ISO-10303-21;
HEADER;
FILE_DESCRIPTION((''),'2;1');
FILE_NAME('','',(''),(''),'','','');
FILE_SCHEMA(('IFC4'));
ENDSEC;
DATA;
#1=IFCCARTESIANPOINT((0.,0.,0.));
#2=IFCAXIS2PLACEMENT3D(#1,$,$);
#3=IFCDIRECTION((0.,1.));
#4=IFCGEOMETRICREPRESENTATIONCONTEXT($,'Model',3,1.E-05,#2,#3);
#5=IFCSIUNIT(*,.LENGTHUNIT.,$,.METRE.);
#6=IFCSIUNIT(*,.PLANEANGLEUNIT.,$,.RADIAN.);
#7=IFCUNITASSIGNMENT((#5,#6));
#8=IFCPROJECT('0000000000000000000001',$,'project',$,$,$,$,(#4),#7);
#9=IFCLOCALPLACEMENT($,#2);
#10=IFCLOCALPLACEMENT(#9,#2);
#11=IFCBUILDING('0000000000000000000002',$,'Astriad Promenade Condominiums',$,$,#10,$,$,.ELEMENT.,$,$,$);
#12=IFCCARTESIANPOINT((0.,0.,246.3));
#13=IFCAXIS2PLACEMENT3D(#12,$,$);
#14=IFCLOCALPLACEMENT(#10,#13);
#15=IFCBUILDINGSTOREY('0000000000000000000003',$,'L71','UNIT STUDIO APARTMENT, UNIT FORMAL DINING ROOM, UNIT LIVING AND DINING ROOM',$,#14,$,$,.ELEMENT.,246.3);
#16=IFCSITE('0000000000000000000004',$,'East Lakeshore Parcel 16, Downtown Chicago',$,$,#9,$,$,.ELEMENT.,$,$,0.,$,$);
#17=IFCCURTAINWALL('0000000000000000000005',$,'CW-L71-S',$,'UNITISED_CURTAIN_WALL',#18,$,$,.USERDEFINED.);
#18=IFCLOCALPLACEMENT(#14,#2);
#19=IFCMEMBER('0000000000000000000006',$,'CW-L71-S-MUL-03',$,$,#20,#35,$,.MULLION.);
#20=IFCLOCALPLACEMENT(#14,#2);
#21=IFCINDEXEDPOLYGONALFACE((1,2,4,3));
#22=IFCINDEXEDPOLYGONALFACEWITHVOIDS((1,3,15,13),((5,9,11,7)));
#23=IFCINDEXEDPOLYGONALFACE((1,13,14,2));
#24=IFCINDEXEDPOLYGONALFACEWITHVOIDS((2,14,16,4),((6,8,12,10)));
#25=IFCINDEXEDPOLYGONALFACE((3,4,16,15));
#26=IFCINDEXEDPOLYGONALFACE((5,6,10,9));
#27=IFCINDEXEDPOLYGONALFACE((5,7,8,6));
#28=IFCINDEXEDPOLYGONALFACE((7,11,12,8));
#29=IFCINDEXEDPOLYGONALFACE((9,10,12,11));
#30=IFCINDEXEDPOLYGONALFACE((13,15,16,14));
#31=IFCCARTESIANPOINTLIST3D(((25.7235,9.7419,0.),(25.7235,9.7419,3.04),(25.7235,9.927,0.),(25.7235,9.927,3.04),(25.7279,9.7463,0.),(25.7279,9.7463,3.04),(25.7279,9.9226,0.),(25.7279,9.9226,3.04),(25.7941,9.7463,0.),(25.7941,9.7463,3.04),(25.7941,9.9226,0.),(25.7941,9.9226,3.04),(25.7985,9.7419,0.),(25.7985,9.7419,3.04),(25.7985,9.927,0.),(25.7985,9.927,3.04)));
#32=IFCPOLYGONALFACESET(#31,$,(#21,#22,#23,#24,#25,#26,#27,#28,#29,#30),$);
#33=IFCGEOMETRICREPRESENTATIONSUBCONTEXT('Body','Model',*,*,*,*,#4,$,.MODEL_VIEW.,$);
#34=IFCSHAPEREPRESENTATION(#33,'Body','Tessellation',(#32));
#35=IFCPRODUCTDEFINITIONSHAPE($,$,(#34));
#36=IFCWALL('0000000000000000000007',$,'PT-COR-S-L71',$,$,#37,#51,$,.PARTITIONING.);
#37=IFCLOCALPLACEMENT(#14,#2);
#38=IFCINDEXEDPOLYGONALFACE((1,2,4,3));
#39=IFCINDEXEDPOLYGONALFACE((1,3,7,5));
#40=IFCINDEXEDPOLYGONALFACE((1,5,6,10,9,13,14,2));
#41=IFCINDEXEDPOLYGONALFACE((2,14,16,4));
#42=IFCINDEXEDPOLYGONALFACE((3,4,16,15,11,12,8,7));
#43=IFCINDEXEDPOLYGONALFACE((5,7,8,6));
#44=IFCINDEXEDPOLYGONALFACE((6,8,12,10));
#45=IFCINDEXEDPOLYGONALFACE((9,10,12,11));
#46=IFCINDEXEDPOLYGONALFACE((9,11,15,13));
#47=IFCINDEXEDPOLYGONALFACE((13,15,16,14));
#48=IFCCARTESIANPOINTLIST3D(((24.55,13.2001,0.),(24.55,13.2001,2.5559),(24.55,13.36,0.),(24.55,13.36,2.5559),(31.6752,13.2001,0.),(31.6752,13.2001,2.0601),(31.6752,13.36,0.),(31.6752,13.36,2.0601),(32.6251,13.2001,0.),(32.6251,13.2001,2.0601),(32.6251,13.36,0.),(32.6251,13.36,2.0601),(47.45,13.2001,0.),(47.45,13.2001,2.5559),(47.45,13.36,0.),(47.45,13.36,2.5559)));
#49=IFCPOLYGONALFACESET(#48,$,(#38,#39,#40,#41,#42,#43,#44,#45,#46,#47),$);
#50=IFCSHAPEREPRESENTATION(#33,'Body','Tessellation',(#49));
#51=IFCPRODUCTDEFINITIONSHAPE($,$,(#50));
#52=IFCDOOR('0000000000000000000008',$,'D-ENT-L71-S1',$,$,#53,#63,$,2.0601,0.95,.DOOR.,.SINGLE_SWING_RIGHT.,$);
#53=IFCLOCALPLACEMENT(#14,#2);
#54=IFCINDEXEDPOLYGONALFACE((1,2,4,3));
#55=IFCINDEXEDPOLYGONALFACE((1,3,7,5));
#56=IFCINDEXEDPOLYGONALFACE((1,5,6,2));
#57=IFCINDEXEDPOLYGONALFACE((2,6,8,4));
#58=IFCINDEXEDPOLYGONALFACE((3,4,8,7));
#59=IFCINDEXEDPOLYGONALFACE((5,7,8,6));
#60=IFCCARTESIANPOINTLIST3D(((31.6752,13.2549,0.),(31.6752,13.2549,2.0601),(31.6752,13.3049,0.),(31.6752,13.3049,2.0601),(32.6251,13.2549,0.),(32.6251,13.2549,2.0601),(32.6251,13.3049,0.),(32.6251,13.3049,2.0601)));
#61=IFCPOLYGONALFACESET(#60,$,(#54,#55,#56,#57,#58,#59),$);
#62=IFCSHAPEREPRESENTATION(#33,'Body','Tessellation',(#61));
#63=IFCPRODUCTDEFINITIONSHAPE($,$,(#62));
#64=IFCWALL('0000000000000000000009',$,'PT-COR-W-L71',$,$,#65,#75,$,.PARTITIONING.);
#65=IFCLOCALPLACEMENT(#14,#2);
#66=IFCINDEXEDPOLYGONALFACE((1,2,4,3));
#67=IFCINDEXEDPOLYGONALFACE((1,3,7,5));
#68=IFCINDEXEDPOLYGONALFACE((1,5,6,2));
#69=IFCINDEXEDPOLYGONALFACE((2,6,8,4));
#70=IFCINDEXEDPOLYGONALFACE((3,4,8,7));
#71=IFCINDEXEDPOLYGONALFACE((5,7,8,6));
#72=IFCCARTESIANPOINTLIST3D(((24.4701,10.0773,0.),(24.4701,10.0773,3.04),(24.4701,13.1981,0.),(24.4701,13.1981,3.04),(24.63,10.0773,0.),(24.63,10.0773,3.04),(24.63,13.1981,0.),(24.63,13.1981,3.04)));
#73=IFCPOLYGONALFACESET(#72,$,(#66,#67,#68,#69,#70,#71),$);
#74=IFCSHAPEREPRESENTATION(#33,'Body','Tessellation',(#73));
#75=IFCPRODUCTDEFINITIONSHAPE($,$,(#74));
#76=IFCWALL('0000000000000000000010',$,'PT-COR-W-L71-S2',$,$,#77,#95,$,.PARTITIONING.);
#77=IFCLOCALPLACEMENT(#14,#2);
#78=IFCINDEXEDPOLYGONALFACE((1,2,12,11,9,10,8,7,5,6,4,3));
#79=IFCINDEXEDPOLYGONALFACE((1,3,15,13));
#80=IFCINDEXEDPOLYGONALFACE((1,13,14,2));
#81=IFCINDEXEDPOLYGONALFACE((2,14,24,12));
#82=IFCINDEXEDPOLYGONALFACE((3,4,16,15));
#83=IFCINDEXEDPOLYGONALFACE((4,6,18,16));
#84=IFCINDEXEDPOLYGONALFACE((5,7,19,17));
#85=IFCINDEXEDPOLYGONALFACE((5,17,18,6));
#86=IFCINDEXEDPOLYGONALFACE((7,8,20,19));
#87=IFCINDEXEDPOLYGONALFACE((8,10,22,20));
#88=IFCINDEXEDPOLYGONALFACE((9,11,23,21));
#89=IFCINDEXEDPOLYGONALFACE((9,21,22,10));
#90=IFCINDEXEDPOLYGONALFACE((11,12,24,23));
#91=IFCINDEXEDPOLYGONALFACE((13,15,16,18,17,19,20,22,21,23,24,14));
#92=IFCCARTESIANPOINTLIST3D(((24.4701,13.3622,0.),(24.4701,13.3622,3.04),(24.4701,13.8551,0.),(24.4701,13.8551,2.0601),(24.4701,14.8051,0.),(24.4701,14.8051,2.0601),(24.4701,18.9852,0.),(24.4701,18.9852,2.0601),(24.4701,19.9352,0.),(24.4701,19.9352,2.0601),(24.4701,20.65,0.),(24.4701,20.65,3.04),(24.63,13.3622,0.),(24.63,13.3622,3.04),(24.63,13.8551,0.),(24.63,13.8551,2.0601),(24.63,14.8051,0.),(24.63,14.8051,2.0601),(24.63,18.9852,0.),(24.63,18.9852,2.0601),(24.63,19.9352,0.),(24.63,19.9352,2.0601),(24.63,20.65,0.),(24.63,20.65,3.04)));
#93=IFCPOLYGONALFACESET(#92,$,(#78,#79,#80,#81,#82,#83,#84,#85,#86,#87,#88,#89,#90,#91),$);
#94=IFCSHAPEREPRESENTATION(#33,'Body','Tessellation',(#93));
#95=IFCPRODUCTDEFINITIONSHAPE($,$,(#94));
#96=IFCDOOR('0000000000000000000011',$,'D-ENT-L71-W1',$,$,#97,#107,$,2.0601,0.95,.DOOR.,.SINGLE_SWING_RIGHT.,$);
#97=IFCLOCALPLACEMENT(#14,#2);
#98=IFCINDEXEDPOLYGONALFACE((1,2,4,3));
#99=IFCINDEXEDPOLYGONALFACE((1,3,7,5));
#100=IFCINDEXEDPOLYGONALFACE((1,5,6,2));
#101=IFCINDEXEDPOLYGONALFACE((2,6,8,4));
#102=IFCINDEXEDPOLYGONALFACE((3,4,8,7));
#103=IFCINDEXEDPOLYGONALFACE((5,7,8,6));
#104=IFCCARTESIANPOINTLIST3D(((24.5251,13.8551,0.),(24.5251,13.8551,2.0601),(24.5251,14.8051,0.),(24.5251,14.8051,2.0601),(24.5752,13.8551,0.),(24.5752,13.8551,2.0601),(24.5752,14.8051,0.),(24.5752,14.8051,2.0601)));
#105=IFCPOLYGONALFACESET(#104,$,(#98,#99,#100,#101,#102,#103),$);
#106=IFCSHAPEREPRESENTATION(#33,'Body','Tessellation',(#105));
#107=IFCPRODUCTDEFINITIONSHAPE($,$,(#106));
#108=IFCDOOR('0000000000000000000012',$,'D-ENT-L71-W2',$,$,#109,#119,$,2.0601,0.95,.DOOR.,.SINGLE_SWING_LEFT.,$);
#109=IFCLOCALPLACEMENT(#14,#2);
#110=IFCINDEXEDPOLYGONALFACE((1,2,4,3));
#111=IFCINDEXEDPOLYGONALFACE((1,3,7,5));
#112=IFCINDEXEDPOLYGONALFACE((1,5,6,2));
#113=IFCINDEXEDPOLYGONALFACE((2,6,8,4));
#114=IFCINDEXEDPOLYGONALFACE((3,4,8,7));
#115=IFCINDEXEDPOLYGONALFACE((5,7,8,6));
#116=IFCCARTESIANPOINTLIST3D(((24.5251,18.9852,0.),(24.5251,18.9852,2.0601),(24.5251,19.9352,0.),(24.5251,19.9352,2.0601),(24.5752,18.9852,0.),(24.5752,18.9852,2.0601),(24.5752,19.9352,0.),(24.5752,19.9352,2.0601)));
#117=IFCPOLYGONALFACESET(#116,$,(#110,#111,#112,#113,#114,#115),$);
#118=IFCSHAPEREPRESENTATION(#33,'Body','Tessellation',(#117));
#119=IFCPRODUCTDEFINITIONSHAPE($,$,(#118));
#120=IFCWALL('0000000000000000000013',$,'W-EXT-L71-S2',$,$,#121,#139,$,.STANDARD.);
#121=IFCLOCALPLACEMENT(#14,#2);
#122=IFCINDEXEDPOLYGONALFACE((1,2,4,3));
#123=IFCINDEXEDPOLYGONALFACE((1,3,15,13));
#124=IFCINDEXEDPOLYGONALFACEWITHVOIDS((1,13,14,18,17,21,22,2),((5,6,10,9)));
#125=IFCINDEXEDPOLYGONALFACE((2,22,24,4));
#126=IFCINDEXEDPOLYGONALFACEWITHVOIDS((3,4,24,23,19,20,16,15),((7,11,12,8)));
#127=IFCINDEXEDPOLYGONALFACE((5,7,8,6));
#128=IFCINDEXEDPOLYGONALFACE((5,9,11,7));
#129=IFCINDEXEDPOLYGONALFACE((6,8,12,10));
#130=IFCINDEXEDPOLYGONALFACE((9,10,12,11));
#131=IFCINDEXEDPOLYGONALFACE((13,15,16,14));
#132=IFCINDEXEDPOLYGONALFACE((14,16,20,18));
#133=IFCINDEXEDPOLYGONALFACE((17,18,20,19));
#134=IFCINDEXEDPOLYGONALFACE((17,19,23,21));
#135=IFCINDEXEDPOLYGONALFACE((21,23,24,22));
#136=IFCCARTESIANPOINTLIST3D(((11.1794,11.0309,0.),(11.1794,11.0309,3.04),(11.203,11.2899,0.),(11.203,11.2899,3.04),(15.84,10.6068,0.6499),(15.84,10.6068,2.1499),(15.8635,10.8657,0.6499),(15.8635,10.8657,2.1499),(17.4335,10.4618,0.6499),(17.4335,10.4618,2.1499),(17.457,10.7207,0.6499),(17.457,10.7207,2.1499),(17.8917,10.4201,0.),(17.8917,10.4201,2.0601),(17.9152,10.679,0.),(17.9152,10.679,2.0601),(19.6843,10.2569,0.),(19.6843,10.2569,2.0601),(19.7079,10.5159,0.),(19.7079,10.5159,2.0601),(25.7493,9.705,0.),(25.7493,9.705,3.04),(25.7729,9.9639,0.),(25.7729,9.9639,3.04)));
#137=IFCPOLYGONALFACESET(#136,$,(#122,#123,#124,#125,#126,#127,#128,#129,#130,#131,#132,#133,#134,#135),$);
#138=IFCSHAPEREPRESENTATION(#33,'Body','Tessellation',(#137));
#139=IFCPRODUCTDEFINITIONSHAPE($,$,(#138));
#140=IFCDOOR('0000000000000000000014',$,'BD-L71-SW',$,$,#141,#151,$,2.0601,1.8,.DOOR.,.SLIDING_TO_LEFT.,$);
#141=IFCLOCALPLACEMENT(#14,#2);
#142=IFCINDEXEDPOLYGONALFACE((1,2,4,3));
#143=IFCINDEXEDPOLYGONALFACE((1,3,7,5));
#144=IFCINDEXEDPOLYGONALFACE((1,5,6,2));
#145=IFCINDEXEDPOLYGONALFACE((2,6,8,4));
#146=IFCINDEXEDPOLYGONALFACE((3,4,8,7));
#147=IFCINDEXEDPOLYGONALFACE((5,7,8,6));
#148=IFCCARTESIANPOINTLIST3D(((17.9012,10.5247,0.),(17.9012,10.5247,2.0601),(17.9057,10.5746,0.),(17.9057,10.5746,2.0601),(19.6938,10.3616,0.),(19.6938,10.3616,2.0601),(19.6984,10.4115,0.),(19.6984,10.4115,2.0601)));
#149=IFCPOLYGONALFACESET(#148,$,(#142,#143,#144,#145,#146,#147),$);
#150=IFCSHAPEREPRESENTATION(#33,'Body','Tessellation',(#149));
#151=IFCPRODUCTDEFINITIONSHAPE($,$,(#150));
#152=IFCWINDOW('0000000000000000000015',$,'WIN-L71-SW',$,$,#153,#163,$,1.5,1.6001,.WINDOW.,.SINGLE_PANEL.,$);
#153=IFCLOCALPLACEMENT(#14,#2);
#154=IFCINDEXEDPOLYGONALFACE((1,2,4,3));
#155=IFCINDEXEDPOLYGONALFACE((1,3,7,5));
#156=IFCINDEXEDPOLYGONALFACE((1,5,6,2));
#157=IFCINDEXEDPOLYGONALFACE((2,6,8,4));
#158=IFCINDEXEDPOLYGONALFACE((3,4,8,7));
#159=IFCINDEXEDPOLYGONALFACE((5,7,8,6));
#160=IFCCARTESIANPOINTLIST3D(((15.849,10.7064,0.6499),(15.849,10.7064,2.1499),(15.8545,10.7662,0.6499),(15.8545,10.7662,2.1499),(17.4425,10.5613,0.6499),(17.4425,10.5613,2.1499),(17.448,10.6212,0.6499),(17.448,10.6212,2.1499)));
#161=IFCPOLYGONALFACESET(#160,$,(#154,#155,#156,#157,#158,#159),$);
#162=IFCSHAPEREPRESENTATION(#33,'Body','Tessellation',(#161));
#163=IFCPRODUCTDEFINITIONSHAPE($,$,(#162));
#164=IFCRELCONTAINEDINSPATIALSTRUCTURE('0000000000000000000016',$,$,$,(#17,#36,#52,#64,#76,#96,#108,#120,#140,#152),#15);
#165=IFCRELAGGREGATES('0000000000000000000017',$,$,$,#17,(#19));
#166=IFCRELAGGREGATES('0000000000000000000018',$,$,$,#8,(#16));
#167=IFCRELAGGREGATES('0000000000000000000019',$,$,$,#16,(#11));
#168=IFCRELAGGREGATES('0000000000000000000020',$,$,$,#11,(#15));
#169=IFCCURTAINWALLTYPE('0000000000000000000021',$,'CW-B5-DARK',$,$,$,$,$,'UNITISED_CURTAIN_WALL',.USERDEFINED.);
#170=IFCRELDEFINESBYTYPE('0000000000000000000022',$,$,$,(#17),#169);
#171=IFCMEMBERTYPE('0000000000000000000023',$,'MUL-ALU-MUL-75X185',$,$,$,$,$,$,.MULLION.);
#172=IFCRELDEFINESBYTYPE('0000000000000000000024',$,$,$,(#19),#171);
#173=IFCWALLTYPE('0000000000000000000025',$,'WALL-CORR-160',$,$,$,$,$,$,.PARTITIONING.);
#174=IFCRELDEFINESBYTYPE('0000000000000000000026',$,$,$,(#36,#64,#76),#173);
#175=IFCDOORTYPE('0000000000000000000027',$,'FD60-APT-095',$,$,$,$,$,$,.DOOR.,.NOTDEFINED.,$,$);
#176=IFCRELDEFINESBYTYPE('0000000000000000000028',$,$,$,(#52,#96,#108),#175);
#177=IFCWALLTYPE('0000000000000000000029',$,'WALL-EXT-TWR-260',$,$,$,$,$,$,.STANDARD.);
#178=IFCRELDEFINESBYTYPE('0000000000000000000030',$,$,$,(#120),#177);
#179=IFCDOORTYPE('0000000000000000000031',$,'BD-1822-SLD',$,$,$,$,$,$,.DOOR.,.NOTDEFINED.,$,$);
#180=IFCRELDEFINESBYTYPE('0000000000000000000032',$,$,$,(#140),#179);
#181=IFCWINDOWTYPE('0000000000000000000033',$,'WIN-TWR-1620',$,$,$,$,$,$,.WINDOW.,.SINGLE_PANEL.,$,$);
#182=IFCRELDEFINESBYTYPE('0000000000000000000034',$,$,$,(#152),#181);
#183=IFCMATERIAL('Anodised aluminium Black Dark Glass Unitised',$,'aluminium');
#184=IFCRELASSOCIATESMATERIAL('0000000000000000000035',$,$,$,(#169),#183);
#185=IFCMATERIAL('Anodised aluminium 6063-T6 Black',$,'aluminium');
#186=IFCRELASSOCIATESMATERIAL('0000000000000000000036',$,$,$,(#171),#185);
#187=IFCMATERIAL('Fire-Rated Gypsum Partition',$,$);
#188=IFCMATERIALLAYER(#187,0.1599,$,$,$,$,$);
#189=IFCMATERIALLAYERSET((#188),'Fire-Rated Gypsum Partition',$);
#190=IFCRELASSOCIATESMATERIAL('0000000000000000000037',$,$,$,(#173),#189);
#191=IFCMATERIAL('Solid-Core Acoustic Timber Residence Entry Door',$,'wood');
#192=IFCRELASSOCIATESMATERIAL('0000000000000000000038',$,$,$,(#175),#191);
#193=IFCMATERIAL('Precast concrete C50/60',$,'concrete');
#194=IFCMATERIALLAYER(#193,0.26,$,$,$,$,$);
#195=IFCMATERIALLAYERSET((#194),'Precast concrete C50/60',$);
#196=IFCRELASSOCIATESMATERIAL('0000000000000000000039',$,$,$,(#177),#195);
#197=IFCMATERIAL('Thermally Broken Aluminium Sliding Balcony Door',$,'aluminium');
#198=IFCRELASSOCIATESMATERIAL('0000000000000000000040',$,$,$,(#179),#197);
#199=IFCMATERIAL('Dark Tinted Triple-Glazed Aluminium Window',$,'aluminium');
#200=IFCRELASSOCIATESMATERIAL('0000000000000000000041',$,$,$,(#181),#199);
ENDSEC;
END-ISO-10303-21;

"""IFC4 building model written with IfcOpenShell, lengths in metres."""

from ifc_helpers import new_model, si_unit, direction, frame, frame_2d, origin, origin_2d, place, context, subcontext, project, spatial, rectangle, hollow_rectangle, extrude, source, transform, mapped, material, layer, layer_set, material_profile, profile_set, type_object, type_shapes, element, fill, aggregate, save


model = new_model("IFC4")

# Units and contexts
model_context = context("Model", 3, precision=1e-05, world=origin(), true_north=direction((0.0, 1.0)))
body_context = subcontext(model_context, "Body", "Model", "MODEL_VIEW")
ifc_project = project(units=[si_unit("LENGTHUNIT", "METRE"), si_unit("PLANEANGLEUNIT", "RADIAN")], contexts=[model_context])

# Site, building, storey
site_placement = place(None, origin())
site = spatial("IfcSite", under=ifc_project, at=site_placement, Name="East Lakeshore Parcel 16, Downtown Chicago", CompositionType="ELEMENT", RefElevation=0.0)
building_placement = place(site_placement, origin())
building = spatial("IfcBuilding", under=site, at=building_placement, Name="Astriad Promenade Condominiums", CompositionType="ELEMENT")
storey_placement = place(building_placement, frame((0.0, 0.0, 246.3)))
storey = spatial("IfcBuildingStorey", under=building, at=storey_placement, Name="L71", Description="UNIT STUDIO APARTMENT, UNIT FORMAL DINING ROOM, UNIT LIVING AND DINING ROOM", CompositionType="ELEMENT", Elevation=246.3)

# Curtain wall, member
ifc_material_1 = material(Name="Anodised aluminium Black Dark Glass Unitised", Category="aluminium")
curtain_wall_type = type_object("IfcCurtainWallType", Name="CW-B5-DARK", ElementType="UNITISED_CURTAIN_WALL", PredefinedType="USERDEFINED", material=ifc_material_1)
curtain_wall_placement = place(storey_placement, origin())
curtain_wall = element("IfcCurtainWall", 1, at=curtain_wall_placement, inside=storey, type_object=curtain_wall_type, Name="CW-L71-S", ObjectType="UNITISED_CURTAIN_WALL", PredefinedType="USERDEFINED")
ifc_material_2 = material(Name="Anodised aluminium 6063-T6 Black", Category="aluminium")
ifc_material_profile_1 = material_profile(ifc_material_2, hollow_rectangle(XDim=0.075, YDim=0.1851, WallThickness=0.0044, at=origin_2d()), Name="ALU-MUL-75X185")
ifc_profile_set_1 = profile_set([ifc_material_profile_1], Name="Anodised aluminium 6063-T6 Black")
member_type = type_object("IfcMemberType", Name="MUL-ALU-MUL-75X185", PredefinedType="MULLION", material=ifc_profile_set_1)
shared_shape_1 = source(origin(), body_context, "Body", "SweptSolid", [
    extrude(hollow_rectangle(XDim=0.075, YDim=0.1851, WallThickness=0.0044, at=origin_2d()), origin(), (0.0, 0.0, 1.0), 3.04),
])
type_shapes(member_type, [shared_shape_1])
member_placement = place(storey_placement, frame((25.761, 9.8345, 0.0), z_axis=(0.0, 0.0, 1.0), x_axis=(1.0, 0.0, 0.0)))
member = element("IfcMember", 2, at=member_placement, type_object=member_type, Name="CW-L71-S-MUL-03", PredefinedType="MULLION", context=body_context, shape_type="MappedRepresentation", body=[
    mapped(shared_shape_1, transform((0.0, 0.0, 0.0), scale=1.0)),
])
aggregate(curtain_wall, [member])

# Wall, opening, door
ifc_material_3 = material(Name="Fire-Rated Gypsum Partition")
ifc_layer_1 = layer(ifc_material_3, 0.1599)
ifc_layer_set_1 = layer_set([ifc_layer_1], Name="Fire-Rated Gypsum Partition")
wall_type_1 = type_object("IfcWallType", Name="WALL-CORR-160", PredefinedType="PARTITIONING", material=ifc_layer_set_1)
wall_1_placement = place(storey_placement, frame((24.55, 13.28, 0.0), z_axis=(0.0, 0.0, 1.0), x_axis=(1.0, 0.0, 0.0)))
wall_1 = element("IfcWall", 3, at=wall_1_placement, inside=storey, type_object=wall_type_1, Name="PT-COR-S-L71", PredefinedType="PARTITIONING", context=body_context, shape_type="SweptSolid", body=[
    extrude(rectangle(XDim=22.8999, YDim=0.1599, at=frame_2d((11.45, 0.0))), origin(), (0.0, 0.0, 1.0), 2.5559),
])
opening_1_placement = place(wall_1_placement, frame((7.125, 0.0, 0.0)))
opening_1 = element("IfcOpeningElement", 4, at=opening_1_placement, cuts=wall_1, PredefinedType="OPENING", context=body_context, shape_type="SweptSolid", body=[
    extrude(rectangle(XDim=0.95, YDim=2.0601, at=frame_2d((0.4751, 1.03))), frame((0.0, 0.0898, 0.0), z_axis=(0.0, -1.0, 0.0), x_axis=(1.0, 0.0, 0.0)), (0.0, 0.0, 1.0), 0.1799),
])
ifc_material_4 = material(Name="Solid-Core Acoustic Timber Residence Entry Door", Category="wood")
door_type_1 = type_object("IfcDoorType", Name="FD60-APT-095", OperationType="NOTDEFINED", PredefinedType="DOOR", material=ifc_material_4)
shared_shape_2 = source(origin(), body_context, "Body", "SweptSolid", [
    extrude(rectangle(XDim=0.95, YDim=2.0601, at=frame_2d((0.4751, 1.03))), frame((0.0, 0.0249, 0.0), z_axis=(0.0, -1.0, 0.0), x_axis=(1.0, 0.0, 0.0)), (0.0, 0.0, 1.0), 0.05),
])
type_shapes(door_type_1, [shared_shape_2])
door_1_placement = place(opening_1_placement, origin())
door_1 = element("IfcDoor", 5, at=door_1_placement, inside=storey, type_object=door_type_1, Name="D-ENT-L71-S1", OperationType="SINGLE_SWING_RIGHT", OverallHeight=2.0601, OverallWidth=0.95, PredefinedType="DOOR", context=body_context, shape_type="MappedRepresentation", body=[
    mapped(shared_shape_2, transform((0.0, 0.0, 0.0), scale=1.0)),
])
fill(opening_1, door_1)

# Wall
wall_2_placement = place(storey_placement, frame((24.55, 10.0771, 0.0), z_axis=(0.0, 0.0, 1.0), x_axis=(0.0, 1.0, 0.0)))
element("IfcWall", 6, at=wall_2_placement, inside=storey, type_object=wall_type_1, Name="PT-COR-W-L71", PredefinedType="PARTITIONING", context=body_context, shape_type="SweptSolid", body=[
    extrude(rectangle(XDim=3.1208, YDim=0.1599, at=frame_2d((1.5605, 0.0))), origin(), (0.0, 0.0, 1.0), 3.04),
])

# Wall, openings, doors
wall_3_placement = place(storey_placement, frame((24.55, 13.3621, 0.0), z_axis=(0.0, 0.0, 1.0), x_axis=(0.0, 1.0, 0.0)))
wall_3 = element("IfcWall", 7, at=wall_3_placement, inside=storey, type_object=wall_type_1, Name="PT-COR-W-L71-S2", PredefinedType="PARTITIONING", context=body_context, shape_type="SweptSolid", body=[
    extrude(rectangle(XDim=7.2878, YDim=0.1599, at=frame_2d((3.644, 0.0))), origin(), (0.0, 0.0, 1.0), 3.04),
])
opening_2_placement = place(wall_3_placement, frame((0.4929, 0.0, 0.0)))
opening_2 = element("IfcOpeningElement", 8, at=opening_2_placement, cuts=wall_3, PredefinedType="OPENING", context=body_context, shape_type="SweptSolid", body=[
    extrude(rectangle(XDim=0.95, YDim=2.0601, at=frame_2d((0.4751, 1.03))), frame((0.0, 0.0898, 0.0), z_axis=(0.0, -1.0, 0.0), x_axis=(1.0, 0.0, 0.0)), (0.0, 0.0, 1.0), 0.1799),
])
opening_3_placement = place(wall_3_placement, frame((5.623, 0.0, 0.0)))
opening_3 = element("IfcOpeningElement", 9, at=opening_3_placement, cuts=wall_3, PredefinedType="OPENING", context=body_context, shape_type="SweptSolid", body=[
    extrude(rectangle(XDim=0.95, YDim=2.0601, at=frame_2d((0.4751, 1.03))), frame((0.0, 0.0898, 0.0), z_axis=(0.0, -1.0, 0.0), x_axis=(1.0, 0.0, 0.0)), (0.0, 0.0, 1.0), 0.1799),
])
door_2_placement = place(opening_2_placement, origin())
door_2 = element("IfcDoor", 10, at=door_2_placement, inside=storey, type_object=door_type_1, Name="D-ENT-L71-W1", OperationType="SINGLE_SWING_RIGHT", OverallHeight=2.0601, OverallWidth=0.95, PredefinedType="DOOR", context=body_context, shape_type="MappedRepresentation", body=[
    mapped(shared_shape_2, transform((0.0, 0.0, 0.0), scale=1.0)),
])
fill(opening_2, door_2)
door_3_placement = place(opening_3_placement, origin())
door_3 = element("IfcDoor", 11, at=door_3_placement, inside=storey, type_object=door_type_1, Name="D-ENT-L71-W2", OperationType="SINGLE_SWING_LEFT", OverallHeight=2.0601, OverallWidth=0.95, PredefinedType="DOOR", context=body_context, shape_type="MappedRepresentation", body=[
    mapped(shared_shape_2, transform((0.0, 0.0, 0.0), scale=1.0)),
])
fill(opening_3, door_3)

# Wall, openings, door, window
ifc_material_5 = material(Name="Precast concrete C50/60", Category="concrete")
ifc_layer_2 = layer(ifc_material_5, 0.26)
ifc_layer_set_2 = layer_set([ifc_layer_2], Name="Precast concrete C50/60")
wall_type_2 = type_object("IfcWallType", Name="WALL-EXT-TWR-260", PredefinedType="STANDARD", material=ifc_layer_set_2)
wall_4_placement = place(storey_placement, frame((25.761, 9.8345, 0.0), z_axis=(0.0, 0.0, 1.0), x_axis=(-0.995885, 0.090631, 0.0)))
wall_4 = element("IfcWall", 12, at=wall_4_placement, inside=storey, type_object=wall_type_2, Name="W-EXT-L71-S2", PredefinedType="STANDARD", context=body_context, shape_type="SweptSolid", body=[
    extrude(rectangle(XDim=14.6301, YDim=0.26, at=frame_2d((7.3149, 0.0))), origin(), (0.0, 0.0, 1.0), 3.04),
])
opening_4_placement = place(wall_4_placement, frame((6.0901, 0.0, 0.0)))
opening_4 = element("IfcOpeningElement", 13, at=opening_4_placement, cuts=wall_4, PredefinedType="OPENING", context=body_context, shape_type="SweptSolid", body=[
    extrude(rectangle(XDim=1.8, YDim=2.0601, at=frame_2d((0.8999, 1.03))), frame((0.0, 0.1399, 0.0), z_axis=(0.0, -1.0, 0.0), x_axis=(1.0, 0.0, 0.0)), (0.0, 0.0, 1.0), 0.28),
])
opening_5_placement = place(wall_4_placement, frame((8.3501, 0.0, 0.6499)))
opening_5 = element("IfcOpeningElement", 14, at=opening_5_placement, cuts=wall_4, PredefinedType="OPENING", context=body_context, shape_type="SweptSolid", body=[
    extrude(rectangle(XDim=1.6001, YDim=1.5, at=frame_2d((0.8, 0.75))), frame((0.0, 0.1399, 0.0), z_axis=(0.0, -1.0, 0.0), x_axis=(1.0, 0.0, 0.0)), (0.0, 0.0, 1.0), 0.28),
])
ifc_material_6 = material(Name="Thermally Broken Aluminium Sliding Balcony Door", Category="aluminium")
door_type_2 = type_object("IfcDoorType", Name="BD-1822-SLD", OperationType="NOTDEFINED", PredefinedType="DOOR", material=ifc_material_6)
shared_shape_3 = source(origin(), body_context, "Body", "SweptSolid", [
    extrude(rectangle(XDim=1.8, YDim=2.0601, at=frame_2d((0.8999, 1.03))), frame((0.0, 0.0249, 0.0), z_axis=(0.0, -1.0, 0.0), x_axis=(1.0, 0.0, 0.0)), (0.0, 0.0, 1.0), 0.05),
])
type_shapes(door_type_2, [shared_shape_3])
door_4_placement = place(opening_4_placement, origin())
door_4 = element("IfcDoor", 15, at=door_4_placement, inside=storey, type_object=door_type_2, Name="BD-L71-SW", OperationType="SLIDING_TO_LEFT", OverallHeight=2.0601, OverallWidth=1.8, PredefinedType="DOOR", context=body_context, shape_type="MappedRepresentation", body=[
    mapped(shared_shape_3, transform((0.0, 0.0, 0.0), scale=1.0)),
])
fill(opening_4, door_4)
ifc_material_7 = material(Name="Dark Tinted Triple-Glazed Aluminium Window", Category="aluminium")
window_type = type_object("IfcWindowType", Name="WIN-TWR-1620", PartitioningType="SINGLE_PANEL", PredefinedType="WINDOW", material=ifc_material_7)
shared_shape_4 = source(origin(), body_context, "Body", "SweptSolid", [
    extrude(rectangle(XDim=1.6001, YDim=1.5, at=frame_2d((0.8, 0.75))), frame((0.0, 0.03, 0.0), z_axis=(0.0, -1.0, 0.0), x_axis=(1.0, 0.0, 0.0)), (0.0, 0.0, 1.0), 0.0601),
])
type_shapes(window_type, [shared_shape_4])
window_placement = place(opening_5_placement, origin())
window = element("IfcWindow", 16, at=window_placement, inside=storey, type_object=window_type, Name="WIN-L71-SW", OverallHeight=1.5, OverallWidth=1.6001, PartitioningType="SINGLE_PANEL", PredefinedType="WINDOW", context=body_context, shape_type="MappedRepresentation", body=[
    mapped(shared_shape_4, transform((0.0, 0.0, 0.0), scale=1.0)),
])
fill(opening_5, window)

save(model, "model.ifc")
